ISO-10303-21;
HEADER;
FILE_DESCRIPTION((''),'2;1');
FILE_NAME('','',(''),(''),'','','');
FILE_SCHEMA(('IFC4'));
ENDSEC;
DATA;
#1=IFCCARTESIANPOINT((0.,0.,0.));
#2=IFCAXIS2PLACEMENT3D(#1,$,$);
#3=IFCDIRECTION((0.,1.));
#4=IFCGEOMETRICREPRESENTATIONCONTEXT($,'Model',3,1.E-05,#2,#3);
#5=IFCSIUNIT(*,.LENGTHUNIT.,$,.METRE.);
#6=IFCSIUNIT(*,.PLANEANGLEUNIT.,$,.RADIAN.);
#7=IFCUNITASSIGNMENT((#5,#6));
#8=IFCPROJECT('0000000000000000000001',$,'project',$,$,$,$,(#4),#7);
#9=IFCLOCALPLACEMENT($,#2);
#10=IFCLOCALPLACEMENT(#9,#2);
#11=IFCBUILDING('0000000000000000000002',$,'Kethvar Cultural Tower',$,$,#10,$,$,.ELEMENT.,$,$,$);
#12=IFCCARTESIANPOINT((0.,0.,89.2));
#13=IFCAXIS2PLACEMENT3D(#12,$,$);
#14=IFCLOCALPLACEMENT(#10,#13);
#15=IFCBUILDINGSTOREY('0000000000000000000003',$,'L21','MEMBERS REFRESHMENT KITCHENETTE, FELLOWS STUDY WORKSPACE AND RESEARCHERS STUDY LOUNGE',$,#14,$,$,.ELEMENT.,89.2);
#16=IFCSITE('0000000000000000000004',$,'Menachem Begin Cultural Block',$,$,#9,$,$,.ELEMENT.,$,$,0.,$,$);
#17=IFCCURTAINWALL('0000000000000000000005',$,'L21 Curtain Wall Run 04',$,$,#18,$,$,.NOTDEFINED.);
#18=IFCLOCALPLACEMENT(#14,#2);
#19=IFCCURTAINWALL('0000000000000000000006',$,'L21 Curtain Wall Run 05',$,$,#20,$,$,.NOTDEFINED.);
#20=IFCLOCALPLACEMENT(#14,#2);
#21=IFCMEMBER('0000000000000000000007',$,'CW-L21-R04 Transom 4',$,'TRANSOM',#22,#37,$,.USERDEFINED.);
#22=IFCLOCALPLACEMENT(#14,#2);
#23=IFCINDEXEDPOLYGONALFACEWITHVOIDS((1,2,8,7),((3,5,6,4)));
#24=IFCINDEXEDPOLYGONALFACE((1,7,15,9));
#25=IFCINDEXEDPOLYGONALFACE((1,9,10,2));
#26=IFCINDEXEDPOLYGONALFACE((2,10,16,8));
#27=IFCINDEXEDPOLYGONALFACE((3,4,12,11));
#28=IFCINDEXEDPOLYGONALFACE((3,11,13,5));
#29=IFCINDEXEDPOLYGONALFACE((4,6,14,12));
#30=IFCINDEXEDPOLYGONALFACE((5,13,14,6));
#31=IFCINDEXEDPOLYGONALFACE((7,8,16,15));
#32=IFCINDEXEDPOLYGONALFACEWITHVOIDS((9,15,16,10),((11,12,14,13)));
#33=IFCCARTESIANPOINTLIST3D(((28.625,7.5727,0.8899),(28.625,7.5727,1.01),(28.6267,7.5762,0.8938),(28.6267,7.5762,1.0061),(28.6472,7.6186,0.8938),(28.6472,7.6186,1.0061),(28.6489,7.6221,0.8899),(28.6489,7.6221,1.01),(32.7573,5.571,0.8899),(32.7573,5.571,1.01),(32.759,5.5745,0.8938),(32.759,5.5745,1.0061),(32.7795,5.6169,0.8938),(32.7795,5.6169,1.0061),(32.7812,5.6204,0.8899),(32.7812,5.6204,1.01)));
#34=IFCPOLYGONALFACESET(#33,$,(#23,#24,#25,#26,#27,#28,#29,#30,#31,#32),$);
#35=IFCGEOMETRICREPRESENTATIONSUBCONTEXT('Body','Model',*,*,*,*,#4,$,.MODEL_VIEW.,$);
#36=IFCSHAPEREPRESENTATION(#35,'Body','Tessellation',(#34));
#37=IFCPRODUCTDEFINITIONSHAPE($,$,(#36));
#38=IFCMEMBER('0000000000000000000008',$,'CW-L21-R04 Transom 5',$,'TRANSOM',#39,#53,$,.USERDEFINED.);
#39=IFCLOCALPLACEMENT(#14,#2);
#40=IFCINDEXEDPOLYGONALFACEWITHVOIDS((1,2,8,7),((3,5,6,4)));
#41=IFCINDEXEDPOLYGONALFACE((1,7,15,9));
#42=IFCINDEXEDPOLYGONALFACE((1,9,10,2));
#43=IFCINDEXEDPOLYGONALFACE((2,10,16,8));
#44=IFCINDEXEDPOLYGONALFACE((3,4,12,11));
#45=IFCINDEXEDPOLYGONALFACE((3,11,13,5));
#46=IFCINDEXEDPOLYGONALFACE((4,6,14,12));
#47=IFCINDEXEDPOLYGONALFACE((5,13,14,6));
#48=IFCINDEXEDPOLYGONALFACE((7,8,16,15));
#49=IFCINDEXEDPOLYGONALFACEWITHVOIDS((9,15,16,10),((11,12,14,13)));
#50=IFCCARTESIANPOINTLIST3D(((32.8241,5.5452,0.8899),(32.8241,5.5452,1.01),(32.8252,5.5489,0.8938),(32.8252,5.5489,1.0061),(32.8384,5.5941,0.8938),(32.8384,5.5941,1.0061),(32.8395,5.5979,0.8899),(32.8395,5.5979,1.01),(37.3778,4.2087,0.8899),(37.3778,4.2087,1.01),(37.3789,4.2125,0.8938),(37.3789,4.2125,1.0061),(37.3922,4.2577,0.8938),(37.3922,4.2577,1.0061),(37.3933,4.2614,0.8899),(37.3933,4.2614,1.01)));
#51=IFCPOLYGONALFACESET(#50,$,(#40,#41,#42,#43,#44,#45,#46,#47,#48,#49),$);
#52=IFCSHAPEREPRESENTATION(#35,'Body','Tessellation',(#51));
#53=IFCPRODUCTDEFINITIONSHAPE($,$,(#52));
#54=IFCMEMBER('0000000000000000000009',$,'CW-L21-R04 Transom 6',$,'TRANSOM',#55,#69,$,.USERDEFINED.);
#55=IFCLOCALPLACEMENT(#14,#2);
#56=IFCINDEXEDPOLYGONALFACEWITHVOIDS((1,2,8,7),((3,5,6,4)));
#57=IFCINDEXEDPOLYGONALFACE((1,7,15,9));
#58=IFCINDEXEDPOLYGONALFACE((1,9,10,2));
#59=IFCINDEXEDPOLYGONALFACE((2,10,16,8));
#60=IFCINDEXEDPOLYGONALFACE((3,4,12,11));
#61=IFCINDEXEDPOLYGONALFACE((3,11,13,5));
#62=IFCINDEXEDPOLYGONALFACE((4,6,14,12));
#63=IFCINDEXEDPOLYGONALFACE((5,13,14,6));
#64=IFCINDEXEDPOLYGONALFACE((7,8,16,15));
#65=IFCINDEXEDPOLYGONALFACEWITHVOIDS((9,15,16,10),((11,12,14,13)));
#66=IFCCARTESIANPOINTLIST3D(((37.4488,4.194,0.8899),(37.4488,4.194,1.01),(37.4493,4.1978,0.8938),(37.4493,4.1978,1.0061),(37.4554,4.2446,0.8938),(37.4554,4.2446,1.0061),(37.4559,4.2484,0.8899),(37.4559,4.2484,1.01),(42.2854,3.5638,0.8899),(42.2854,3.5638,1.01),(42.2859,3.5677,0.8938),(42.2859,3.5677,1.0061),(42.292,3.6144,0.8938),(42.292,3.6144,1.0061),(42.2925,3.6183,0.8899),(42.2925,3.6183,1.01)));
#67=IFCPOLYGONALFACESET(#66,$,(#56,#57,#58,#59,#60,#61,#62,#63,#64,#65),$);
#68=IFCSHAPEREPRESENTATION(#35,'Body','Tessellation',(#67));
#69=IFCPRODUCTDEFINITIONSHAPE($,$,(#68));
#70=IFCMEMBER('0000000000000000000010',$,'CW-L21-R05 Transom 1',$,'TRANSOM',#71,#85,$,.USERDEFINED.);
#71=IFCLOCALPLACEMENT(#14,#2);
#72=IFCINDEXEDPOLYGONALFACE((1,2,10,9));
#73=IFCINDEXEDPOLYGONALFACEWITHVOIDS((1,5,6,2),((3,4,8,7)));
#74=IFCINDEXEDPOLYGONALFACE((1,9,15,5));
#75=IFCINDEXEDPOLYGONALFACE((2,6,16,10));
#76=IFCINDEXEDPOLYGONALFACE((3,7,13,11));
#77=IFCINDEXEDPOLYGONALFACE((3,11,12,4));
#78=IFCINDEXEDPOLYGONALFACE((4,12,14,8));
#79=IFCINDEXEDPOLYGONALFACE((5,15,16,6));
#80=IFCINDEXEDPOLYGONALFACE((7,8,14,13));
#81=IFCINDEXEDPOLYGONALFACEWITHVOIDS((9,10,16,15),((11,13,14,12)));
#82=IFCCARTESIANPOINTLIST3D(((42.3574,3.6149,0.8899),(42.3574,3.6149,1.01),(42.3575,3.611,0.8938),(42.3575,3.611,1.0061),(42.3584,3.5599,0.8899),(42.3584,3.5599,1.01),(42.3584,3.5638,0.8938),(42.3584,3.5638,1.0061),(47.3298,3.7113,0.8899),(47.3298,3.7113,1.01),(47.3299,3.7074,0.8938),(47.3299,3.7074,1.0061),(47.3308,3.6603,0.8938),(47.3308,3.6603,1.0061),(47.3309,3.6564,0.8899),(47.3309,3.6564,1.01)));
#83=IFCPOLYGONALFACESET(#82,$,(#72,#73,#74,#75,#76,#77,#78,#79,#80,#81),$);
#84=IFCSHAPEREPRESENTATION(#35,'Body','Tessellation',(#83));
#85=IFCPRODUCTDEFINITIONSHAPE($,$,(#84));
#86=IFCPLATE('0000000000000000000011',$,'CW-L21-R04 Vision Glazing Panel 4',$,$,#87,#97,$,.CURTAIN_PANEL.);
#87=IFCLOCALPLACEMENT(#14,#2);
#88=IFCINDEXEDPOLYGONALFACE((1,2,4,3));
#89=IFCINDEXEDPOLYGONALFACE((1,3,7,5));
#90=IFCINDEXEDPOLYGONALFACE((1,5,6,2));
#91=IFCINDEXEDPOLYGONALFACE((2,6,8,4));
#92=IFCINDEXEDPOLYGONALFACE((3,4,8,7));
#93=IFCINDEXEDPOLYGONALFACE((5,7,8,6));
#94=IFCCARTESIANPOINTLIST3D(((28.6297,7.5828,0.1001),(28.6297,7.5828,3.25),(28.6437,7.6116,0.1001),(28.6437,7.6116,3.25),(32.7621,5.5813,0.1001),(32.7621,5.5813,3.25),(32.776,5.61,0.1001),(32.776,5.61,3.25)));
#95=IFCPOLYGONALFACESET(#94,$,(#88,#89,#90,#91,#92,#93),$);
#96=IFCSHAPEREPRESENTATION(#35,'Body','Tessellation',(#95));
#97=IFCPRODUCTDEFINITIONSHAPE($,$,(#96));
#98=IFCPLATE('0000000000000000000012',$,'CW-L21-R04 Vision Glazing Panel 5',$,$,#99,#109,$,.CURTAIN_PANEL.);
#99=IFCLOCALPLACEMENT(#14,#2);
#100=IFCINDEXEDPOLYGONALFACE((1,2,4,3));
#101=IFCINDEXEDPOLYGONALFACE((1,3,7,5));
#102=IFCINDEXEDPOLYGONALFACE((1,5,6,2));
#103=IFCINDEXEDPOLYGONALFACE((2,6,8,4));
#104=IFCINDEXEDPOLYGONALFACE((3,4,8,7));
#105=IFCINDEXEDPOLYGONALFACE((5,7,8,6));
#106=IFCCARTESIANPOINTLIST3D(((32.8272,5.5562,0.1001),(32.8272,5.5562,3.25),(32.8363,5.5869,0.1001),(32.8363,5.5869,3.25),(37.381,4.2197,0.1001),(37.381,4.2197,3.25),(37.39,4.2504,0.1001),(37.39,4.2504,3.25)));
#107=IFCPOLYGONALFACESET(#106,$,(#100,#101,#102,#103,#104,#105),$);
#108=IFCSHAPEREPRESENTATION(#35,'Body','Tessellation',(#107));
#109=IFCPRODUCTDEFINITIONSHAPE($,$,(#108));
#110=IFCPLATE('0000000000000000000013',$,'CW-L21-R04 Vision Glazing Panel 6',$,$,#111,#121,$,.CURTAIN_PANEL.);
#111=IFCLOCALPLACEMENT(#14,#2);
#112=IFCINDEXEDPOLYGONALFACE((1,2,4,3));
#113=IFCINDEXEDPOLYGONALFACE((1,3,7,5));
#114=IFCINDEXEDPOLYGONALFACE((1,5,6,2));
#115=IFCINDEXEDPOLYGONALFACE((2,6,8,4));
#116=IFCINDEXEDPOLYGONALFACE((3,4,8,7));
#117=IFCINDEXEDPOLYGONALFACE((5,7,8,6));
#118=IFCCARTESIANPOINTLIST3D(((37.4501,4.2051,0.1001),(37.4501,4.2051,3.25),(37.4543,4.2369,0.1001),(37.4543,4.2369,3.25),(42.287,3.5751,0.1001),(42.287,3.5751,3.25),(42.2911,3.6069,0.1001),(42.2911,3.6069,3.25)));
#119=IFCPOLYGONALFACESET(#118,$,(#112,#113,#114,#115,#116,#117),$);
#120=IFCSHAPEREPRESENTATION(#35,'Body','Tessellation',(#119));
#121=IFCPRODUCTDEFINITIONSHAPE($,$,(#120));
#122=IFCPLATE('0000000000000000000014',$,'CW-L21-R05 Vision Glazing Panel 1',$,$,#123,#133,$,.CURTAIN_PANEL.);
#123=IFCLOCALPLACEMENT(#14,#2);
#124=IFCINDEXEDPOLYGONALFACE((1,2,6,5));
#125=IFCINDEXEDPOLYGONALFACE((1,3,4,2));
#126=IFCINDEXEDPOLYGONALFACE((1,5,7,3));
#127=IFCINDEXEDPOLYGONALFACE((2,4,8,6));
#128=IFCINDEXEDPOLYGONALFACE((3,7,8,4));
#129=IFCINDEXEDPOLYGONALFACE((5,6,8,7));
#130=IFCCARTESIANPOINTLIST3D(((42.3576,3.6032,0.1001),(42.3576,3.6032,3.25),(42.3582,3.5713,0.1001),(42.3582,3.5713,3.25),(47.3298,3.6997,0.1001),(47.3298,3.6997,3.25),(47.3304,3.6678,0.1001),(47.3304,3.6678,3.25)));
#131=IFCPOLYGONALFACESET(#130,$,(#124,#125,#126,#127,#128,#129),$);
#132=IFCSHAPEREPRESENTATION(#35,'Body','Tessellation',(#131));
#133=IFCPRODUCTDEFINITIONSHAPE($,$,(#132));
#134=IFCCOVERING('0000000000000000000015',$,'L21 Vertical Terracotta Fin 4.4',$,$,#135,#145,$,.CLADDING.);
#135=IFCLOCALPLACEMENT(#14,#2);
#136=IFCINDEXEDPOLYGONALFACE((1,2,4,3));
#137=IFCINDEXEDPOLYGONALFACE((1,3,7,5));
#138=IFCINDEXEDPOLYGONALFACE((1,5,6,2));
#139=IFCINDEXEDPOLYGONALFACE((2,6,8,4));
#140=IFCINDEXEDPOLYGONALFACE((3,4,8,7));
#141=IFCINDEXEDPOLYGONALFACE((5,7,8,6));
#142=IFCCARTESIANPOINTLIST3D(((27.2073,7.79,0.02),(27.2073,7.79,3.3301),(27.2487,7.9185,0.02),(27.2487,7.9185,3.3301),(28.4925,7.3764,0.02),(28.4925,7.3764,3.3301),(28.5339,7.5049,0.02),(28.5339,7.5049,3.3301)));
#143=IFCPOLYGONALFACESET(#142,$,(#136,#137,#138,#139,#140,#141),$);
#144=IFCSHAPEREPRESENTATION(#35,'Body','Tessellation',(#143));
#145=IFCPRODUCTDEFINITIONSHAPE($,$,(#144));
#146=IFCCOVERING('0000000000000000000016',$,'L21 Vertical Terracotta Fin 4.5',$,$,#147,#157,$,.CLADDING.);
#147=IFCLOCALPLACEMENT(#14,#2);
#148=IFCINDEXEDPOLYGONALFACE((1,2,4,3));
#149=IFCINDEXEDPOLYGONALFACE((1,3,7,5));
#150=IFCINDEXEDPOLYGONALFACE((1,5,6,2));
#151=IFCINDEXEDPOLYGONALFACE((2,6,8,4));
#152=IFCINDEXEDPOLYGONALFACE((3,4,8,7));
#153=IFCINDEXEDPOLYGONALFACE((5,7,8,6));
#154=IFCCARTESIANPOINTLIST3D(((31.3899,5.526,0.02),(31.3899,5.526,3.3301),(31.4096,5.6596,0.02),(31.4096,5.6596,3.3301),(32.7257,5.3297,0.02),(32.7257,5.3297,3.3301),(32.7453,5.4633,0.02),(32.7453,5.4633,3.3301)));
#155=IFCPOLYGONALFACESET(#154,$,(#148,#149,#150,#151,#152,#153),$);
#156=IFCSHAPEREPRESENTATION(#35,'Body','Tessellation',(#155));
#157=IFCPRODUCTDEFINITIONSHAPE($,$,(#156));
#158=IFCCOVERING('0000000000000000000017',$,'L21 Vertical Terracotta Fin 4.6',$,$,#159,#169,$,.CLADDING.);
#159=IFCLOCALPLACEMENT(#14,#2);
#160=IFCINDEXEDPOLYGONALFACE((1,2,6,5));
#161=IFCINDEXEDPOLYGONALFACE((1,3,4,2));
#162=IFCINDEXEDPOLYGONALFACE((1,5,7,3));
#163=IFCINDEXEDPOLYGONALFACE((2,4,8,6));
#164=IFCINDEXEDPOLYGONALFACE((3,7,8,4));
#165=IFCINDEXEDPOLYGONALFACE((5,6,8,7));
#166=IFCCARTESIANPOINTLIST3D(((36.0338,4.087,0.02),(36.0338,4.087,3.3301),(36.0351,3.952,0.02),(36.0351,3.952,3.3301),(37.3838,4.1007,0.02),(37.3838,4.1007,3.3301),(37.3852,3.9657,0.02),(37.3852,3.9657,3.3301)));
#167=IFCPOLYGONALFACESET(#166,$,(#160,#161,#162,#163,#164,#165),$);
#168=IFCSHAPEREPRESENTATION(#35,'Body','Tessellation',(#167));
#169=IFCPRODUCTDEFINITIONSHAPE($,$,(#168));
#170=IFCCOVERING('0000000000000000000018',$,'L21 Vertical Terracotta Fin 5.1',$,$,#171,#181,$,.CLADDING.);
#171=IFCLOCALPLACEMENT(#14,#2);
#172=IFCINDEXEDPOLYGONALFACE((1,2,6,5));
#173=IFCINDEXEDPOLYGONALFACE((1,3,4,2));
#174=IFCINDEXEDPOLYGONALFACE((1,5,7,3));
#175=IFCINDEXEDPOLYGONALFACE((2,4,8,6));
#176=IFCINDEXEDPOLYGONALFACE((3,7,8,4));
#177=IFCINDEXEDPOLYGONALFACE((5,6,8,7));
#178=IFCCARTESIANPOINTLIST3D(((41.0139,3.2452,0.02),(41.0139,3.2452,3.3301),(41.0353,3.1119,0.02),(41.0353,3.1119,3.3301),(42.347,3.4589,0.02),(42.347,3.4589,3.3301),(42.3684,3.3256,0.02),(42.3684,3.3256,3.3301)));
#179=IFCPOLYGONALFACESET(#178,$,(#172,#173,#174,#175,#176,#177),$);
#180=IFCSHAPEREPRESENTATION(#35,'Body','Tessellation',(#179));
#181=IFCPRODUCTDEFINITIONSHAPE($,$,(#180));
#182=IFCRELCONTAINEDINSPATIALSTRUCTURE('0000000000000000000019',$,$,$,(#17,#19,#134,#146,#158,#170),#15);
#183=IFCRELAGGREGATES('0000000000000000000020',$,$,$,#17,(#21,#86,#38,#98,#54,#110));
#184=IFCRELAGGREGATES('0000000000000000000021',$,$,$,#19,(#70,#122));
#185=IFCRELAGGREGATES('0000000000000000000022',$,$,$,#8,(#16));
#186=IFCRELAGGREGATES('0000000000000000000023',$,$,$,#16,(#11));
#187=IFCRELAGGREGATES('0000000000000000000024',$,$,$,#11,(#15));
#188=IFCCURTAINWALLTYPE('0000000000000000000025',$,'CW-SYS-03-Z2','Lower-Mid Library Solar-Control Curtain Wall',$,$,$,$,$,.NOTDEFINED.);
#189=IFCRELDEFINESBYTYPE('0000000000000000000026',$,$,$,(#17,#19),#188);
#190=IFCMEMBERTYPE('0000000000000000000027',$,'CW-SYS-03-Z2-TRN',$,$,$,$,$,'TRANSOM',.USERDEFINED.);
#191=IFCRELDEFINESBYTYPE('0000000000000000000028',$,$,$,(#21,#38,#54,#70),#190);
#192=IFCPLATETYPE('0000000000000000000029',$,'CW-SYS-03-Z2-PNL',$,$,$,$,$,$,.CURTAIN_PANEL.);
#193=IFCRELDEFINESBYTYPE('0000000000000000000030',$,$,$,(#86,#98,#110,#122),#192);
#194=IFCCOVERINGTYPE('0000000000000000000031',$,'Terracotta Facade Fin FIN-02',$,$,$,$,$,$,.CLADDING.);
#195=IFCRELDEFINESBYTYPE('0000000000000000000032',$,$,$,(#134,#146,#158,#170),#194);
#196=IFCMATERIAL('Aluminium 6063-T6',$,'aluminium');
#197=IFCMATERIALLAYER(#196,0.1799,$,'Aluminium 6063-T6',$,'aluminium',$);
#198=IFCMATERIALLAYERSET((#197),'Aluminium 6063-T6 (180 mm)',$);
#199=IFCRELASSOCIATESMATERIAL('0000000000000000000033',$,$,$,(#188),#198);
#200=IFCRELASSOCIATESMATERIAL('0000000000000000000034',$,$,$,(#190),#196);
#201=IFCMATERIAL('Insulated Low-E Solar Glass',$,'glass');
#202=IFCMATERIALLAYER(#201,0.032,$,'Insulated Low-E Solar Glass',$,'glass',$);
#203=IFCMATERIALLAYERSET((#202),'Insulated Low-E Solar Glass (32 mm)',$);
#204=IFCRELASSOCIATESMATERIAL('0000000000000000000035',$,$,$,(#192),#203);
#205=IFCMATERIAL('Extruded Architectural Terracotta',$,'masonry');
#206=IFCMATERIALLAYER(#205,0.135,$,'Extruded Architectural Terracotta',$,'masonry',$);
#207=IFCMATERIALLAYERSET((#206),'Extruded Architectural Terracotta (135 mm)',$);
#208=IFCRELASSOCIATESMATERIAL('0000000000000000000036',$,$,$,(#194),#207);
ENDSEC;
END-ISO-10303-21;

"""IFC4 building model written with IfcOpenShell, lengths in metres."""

from ifc_helpers import new_model, si_unit, direction, frame, origin, origin_2d, place, context, subcontext, project, spatial, rectangle, hollow_rectangle, extrude, source, transform, mapped, material, layer, layer_set, material_profile, profile_set, type_object, element, aggregate, save


model = new_model("IFC4")

# Units and contexts
model_context = context("Model", 3, precision=1e-05, world=origin(), true_north=direction((0.0, 1.0)))
body_context = subcontext(model_context, "Body", "Model", "MODEL_VIEW")
ifc_project = project(units=[si_unit("LENGTHUNIT", "METRE"), si_unit("PLANEANGLEUNIT", "RADIAN")], contexts=[model_context])

# Site, building, storey
site_placement = place(None, origin())
site = spatial("IfcSite", under=ifc_project, at=site_placement, Name="Menachem Begin Cultural Block", CompositionType="ELEMENT", RefElevation=0.0)
building_placement = place(site_placement, origin())
building = spatial("IfcBuilding", under=site, at=building_placement, Name="Kethvar Cultural Tower", CompositionType="ELEMENT")
storey_placement = place(building_placement, frame((0.0, 0.0, 89.2)))
storey = spatial("IfcBuildingStorey", under=building, at=storey_placement, Name="L21", Description="MEMBERS REFRESHMENT KITCHENETTE, FELLOWS STUDY WORKSPACE AND RESEARCHERS STUDY LOUNGE", CompositionType="ELEMENT", Elevation=89.2)

# Curtain wall
ifc_material_1 = material(Name="Aluminium 6063-T6", Category="aluminium")
ifc_layer_1 = layer(ifc_material_1, 0.1799, Name="Aluminium 6063-T6", Category="aluminium")
ifc_layer_set_1 = layer_set([ifc_layer_1], Name="Aluminium 6063-T6 (180 mm)")
curtain_wall_type = type_object("IfcCurtainWallType", Name="CW-SYS-03-Z2", Description="Lower-Mid Library Solar-Control Curtain Wall", PredefinedType="NOTDEFINED", material=ifc_layer_set_1)
curtain_wall_1_placement = place(storey_placement, origin())
curtain_wall_1 = element("IfcCurtainWall", 1, at=curtain_wall_1_placement, inside=storey, type_object=curtain_wall_type, Name="L21 Curtain Wall Run 04", PredefinedType="NOTDEFINED")

# Curtain wall
curtain_wall_2_placement = place(storey_placement, origin())
curtain_wall_2 = element("IfcCurtainWall", 2, at=curtain_wall_2_placement, inside=storey, type_object=curtain_wall_type, Name="L21 Curtain Wall Run 05", PredefinedType="NOTDEFINED")

# Members
ifc_material_profile_1 = material_profile(ifc_material_1, hollow_rectangle(XDim=0.0549, YDim=0.1201, WallThickness=0.0039, at=origin_2d()), Name="Aluminium 6063-T6 — RHS120x55x4")
ifc_profile_set_1 = profile_set([ifc_material_profile_1], Name="Aluminium 6063-T6 — RHS120x55x4")
member_type_1 = type_object("IfcMemberType", Name="CW-SYS-03-Z2-TRN", ElementType="TRANSOM", PredefinedType="USERDEFINED", material=ifc_profile_set_1)
shared_shape_1 = source(origin(), body_context, "Body", "SweptSolid", [
    extrude(hollow_rectangle(XDim=0.0549, YDim=0.1201, WallThickness=0.0039, at=origin_2d()), origin(), (0.0, 0.0, 1.0), 4.5916),
])
member_1_placement = place(storey_placement, frame((28.637, 7.5974, 0.95), z_axis=(0.899972, -0.435949, 0.0), x_axis=(0.435949, 0.899972, 0.0)))
member_1 = element("IfcMember", 3, at=member_1_placement, type_object=member_type_1, Name="CW-L21-R04 Transom 4", ObjectType="TRANSOM", PredefinedType="USERDEFINED", context=body_context, shape_type="MappedRepresentation", body=[
    mapped(shared_shape_1, transform((0.0, 0.0, 0.0), scale=1.0)),
])
shared_shape_2 = source(origin(), body_context, "Body", "SweptSolid", [
    extrude(hollow_rectangle(XDim=0.0549, YDim=0.1201, WallThickness=0.0039, at=origin_2d()), origin(), (0.0, 0.0, 1.0), 4.7458),
])
member_2_placement = place(storey_placement, frame((32.8318, 5.5715, 0.95), z_axis=(0.959531, -0.281604, 0.0), x_axis=(0.281604, 0.959531, 0.0)))
member_2 = element("IfcMember", 4, at=member_2_placement, type_object=member_type_1, Name="CW-L21-R04 Transom 5", ObjectType="TRANSOM", PredefinedType="USERDEFINED", context=body_context, shape_type="MappedRepresentation", body=[
    mapped(shared_shape_2, transform((0.0, 0.0, 0.0), scale=1.0)),
])
shared_shape_3 = source(origin(), body_context, "Body", "SweptSolid", [
    extrude(hollow_rectangle(XDim=0.0549, YDim=0.1201, WallThickness=0.0039, at=origin_2d()), origin(), (0.0, 0.0, 1.0), 4.8774),
])
member_3_placement = place(storey_placement, frame((37.4524, 4.2212, 0.95), z_axis=(0.99162, -0.129189, 0.0), x_axis=(0.129189, 0.99162, 0.0)))
member_3 = element("IfcMember", 5, at=member_3_placement, type_object=member_type_1, Name="CW-L21-R04 Transom 6", ObjectType="TRANSOM", PredefinedType="USERDEFINED", context=body_context, shape_type="MappedRepresentation", body=[
    mapped(shared_shape_3, transform((0.0, 0.0, 0.0), scale=1.0)),
])
shared_shape_4 = source(origin(), body_context, "Body", "SweptSolid", [
    extrude(hollow_rectangle(XDim=0.0549, YDim=0.1201, WallThickness=0.0039, at=origin_2d()), origin(), (0.0, 0.0, 1.0), 4.9734),
])
member_4_placement = place(storey_placement, frame((42.3579, 3.5874, 0.95), z_axis=(0.999812, 0.01939, 0.0), x_axis=(-0.01939, 0.999812, 0.0)))
member_4 = element("IfcMember", 6, at=member_4_placement, type_object=member_type_1, Name="CW-L21-R05 Transom 1", ObjectType="TRANSOM", PredefinedType="USERDEFINED", context=body_context, shape_type="MappedRepresentation", body=[
    mapped(shared_shape_4, transform((0.0, 0.0, 0.0), scale=1.0)),
])

# Plates
ifc_material_2 = material(Name="Insulated Low-E Solar Glass", Category="glass")
ifc_layer_2 = layer(ifc_material_2, 0.032, Name="Insulated Low-E Solar Glass", Category="glass")
ifc_layer_set_2 = layer_set([ifc_layer_2], Name="Insulated Low-E Solar Glass (32 mm)")
plate_type = type_object("IfcPlateType", Name="CW-SYS-03-Z2-PNL", PredefinedType="CURTAIN_PANEL", material=ifc_layer_set_2)
shared_shape_5 = source(origin(), body_context, "Body", "SweptSolid", [
    extrude(rectangle(XDim=4.5916, YDim=0.032, at=origin_2d()), origin(), (0.0, 0.0, 1.0), 3.1499),
])
plate_1_placement = place(storey_placement, frame((30.7029, 6.5964, 0.1001), z_axis=(0.0, 0.0, 1.0), x_axis=(0.899984, -0.435922, 0.0)))
plate_1 = element("IfcPlate", 7, at=plate_1_placement, type_object=plate_type, Name="CW-L21-R04 Vision Glazing Panel 4", PredefinedType="CURTAIN_PANEL", context=body_context, shape_type="MappedRepresentation", body=[
    mapped(shared_shape_5, transform((0.0, 0.0, 0.0), scale=1.0)),
])
shared_shape_6 = source(origin(), body_context, "Body", "SweptSolid", [
    extrude(rectangle(XDim=4.7458, YDim=0.032, at=origin_2d()), origin(), (0.0, 0.0, 1.0), 3.1499),
])
plate_2_placement = place(storey_placement, frame((35.1086, 4.9033, 0.1001), z_axis=(0.0, 0.0, 1.0), x_axis=(0.959531, -0.281605, 0.0)))
plate_2 = element("IfcPlate", 8, at=plate_2_placement, type_object=plate_type, Name="CW-L21-R04 Vision Glazing Panel 5", PredefinedType="CURTAIN_PANEL", context=body_context, shape_type="MappedRepresentation", body=[
    mapped(shared_shape_6, transform((0.0, 0.0, 0.0), scale=1.0)),
])
shared_shape_7 = source(origin(), body_context, "Body", "SweptSolid", [
    extrude(rectangle(XDim=4.8777, YDim=0.032, at=origin_2d()), origin(), (0.0, 0.0, 1.0), 3.1499),
])
plate_3_placement = place(storey_placement, frame((39.8706, 3.906, 0.1001), z_axis=(0.0, 0.0, 1.0), x_axis=(0.991624, -0.129159, 0.0)))
plate_3 = element("IfcPlate", 9, at=plate_3_placement, type_object=plate_type, Name="CW-L21-R04 Vision Glazing Panel 6", PredefinedType="CURTAIN_PANEL", context=body_context, shape_type="MappedRepresentation", body=[
    mapped(shared_shape_7, transform((0.0, 0.0, 0.0), scale=1.0)),
])
aggregate(curtain_wall_1, [member_1, plate_1, member_2, plate_2, member_3, plate_3])
shared_shape_8 = source(origin(), body_context, "Body", "SweptSolid", [
    extrude(rectangle(XDim=4.9731, YDim=0.032, at=origin_2d()), origin(), (0.0, 0.0, 1.0), 3.1499),
])
plate_4_placement = place(storey_placement, frame((44.844, 3.6355, 0.1001), z_axis=(0.0, 0.0, 1.0), x_axis=(0.999812, 0.019407, 0.0)))
plate_4 = element("IfcPlate", 10, at=plate_4_placement, type_object=plate_type, Name="CW-L21-R05 Vision Glazing Panel 1", PredefinedType="CURTAIN_PANEL", context=body_context, shape_type="MappedRepresentation", body=[
    mapped(shared_shape_8, transform((0.0, 0.0, 0.0), scale=1.0)),
])
aggregate(curtain_wall_2, [member_4, plate_4])

# Coverings
ifc_material_3 = material(Name="Extruded Architectural Terracotta", Category="masonry")
ifc_layer_3 = layer(ifc_material_3, 0.135, Name="Extruded Architectural Terracotta", Category="masonry")
ifc_layer_set_3 = layer_set([ifc_layer_3], Name="Extruded Architectural Terracotta (135 mm)")
covering_type = type_object("IfcCoveringType", Name="Terracotta Facade Fin FIN-02", PredefinedType="CLADDING", material=ifc_layer_set_3)
shared_shape_9 = source(origin(), body_context, "Body", "SweptSolid", [
    extrude(rectangle(XDim=1.3501, YDim=0.135, at=origin_2d()), origin(), (0.0, 0.0, 1.0), 3.3101),
])
for number, where, z_axis, x_axis, name in (
    (11, (27.8706, 7.6475, 0.02), (0.0, 0.0, 1.0), (-0.951916, 0.30636, 0.0), "L21 Vertical Terracotta Fin 4.4"),
    (12, (32.0676, 5.4946, 0.02), (0.0, 0.0, 1.0), (-0.989374, 0.145392, 0.0), "L21 Vertical Terracotta Fin 4.5"),
    (13, (36.7095, 4.0264, 0.02), (0.0, 0.0, 1.0), (-0.999949, -0.010123, 0.0), "L21 Vertical Terracotta Fin 4.6"),
    (14, (41.6912, 3.2854, 0.02), (0.0, 0.0, 1.0), (-0.987386, -0.15833, 0.0), "L21 Vertical Terracotta Fin 5.1"),
):
    element("IfcCovering", number, at=place(storey_placement, frame(where, z_axis=z_axis, x_axis=x_axis)), inside=storey, type_object=covering_type, Name=name, PredefinedType="CLADDING", context=body_context, shape_type="MappedRepresentation", body=[
        mapped(shared_shape_9, transform((0.0, 0.0, 0.0), scale=1.0)),
    ])

save(model, "model.ifc")
